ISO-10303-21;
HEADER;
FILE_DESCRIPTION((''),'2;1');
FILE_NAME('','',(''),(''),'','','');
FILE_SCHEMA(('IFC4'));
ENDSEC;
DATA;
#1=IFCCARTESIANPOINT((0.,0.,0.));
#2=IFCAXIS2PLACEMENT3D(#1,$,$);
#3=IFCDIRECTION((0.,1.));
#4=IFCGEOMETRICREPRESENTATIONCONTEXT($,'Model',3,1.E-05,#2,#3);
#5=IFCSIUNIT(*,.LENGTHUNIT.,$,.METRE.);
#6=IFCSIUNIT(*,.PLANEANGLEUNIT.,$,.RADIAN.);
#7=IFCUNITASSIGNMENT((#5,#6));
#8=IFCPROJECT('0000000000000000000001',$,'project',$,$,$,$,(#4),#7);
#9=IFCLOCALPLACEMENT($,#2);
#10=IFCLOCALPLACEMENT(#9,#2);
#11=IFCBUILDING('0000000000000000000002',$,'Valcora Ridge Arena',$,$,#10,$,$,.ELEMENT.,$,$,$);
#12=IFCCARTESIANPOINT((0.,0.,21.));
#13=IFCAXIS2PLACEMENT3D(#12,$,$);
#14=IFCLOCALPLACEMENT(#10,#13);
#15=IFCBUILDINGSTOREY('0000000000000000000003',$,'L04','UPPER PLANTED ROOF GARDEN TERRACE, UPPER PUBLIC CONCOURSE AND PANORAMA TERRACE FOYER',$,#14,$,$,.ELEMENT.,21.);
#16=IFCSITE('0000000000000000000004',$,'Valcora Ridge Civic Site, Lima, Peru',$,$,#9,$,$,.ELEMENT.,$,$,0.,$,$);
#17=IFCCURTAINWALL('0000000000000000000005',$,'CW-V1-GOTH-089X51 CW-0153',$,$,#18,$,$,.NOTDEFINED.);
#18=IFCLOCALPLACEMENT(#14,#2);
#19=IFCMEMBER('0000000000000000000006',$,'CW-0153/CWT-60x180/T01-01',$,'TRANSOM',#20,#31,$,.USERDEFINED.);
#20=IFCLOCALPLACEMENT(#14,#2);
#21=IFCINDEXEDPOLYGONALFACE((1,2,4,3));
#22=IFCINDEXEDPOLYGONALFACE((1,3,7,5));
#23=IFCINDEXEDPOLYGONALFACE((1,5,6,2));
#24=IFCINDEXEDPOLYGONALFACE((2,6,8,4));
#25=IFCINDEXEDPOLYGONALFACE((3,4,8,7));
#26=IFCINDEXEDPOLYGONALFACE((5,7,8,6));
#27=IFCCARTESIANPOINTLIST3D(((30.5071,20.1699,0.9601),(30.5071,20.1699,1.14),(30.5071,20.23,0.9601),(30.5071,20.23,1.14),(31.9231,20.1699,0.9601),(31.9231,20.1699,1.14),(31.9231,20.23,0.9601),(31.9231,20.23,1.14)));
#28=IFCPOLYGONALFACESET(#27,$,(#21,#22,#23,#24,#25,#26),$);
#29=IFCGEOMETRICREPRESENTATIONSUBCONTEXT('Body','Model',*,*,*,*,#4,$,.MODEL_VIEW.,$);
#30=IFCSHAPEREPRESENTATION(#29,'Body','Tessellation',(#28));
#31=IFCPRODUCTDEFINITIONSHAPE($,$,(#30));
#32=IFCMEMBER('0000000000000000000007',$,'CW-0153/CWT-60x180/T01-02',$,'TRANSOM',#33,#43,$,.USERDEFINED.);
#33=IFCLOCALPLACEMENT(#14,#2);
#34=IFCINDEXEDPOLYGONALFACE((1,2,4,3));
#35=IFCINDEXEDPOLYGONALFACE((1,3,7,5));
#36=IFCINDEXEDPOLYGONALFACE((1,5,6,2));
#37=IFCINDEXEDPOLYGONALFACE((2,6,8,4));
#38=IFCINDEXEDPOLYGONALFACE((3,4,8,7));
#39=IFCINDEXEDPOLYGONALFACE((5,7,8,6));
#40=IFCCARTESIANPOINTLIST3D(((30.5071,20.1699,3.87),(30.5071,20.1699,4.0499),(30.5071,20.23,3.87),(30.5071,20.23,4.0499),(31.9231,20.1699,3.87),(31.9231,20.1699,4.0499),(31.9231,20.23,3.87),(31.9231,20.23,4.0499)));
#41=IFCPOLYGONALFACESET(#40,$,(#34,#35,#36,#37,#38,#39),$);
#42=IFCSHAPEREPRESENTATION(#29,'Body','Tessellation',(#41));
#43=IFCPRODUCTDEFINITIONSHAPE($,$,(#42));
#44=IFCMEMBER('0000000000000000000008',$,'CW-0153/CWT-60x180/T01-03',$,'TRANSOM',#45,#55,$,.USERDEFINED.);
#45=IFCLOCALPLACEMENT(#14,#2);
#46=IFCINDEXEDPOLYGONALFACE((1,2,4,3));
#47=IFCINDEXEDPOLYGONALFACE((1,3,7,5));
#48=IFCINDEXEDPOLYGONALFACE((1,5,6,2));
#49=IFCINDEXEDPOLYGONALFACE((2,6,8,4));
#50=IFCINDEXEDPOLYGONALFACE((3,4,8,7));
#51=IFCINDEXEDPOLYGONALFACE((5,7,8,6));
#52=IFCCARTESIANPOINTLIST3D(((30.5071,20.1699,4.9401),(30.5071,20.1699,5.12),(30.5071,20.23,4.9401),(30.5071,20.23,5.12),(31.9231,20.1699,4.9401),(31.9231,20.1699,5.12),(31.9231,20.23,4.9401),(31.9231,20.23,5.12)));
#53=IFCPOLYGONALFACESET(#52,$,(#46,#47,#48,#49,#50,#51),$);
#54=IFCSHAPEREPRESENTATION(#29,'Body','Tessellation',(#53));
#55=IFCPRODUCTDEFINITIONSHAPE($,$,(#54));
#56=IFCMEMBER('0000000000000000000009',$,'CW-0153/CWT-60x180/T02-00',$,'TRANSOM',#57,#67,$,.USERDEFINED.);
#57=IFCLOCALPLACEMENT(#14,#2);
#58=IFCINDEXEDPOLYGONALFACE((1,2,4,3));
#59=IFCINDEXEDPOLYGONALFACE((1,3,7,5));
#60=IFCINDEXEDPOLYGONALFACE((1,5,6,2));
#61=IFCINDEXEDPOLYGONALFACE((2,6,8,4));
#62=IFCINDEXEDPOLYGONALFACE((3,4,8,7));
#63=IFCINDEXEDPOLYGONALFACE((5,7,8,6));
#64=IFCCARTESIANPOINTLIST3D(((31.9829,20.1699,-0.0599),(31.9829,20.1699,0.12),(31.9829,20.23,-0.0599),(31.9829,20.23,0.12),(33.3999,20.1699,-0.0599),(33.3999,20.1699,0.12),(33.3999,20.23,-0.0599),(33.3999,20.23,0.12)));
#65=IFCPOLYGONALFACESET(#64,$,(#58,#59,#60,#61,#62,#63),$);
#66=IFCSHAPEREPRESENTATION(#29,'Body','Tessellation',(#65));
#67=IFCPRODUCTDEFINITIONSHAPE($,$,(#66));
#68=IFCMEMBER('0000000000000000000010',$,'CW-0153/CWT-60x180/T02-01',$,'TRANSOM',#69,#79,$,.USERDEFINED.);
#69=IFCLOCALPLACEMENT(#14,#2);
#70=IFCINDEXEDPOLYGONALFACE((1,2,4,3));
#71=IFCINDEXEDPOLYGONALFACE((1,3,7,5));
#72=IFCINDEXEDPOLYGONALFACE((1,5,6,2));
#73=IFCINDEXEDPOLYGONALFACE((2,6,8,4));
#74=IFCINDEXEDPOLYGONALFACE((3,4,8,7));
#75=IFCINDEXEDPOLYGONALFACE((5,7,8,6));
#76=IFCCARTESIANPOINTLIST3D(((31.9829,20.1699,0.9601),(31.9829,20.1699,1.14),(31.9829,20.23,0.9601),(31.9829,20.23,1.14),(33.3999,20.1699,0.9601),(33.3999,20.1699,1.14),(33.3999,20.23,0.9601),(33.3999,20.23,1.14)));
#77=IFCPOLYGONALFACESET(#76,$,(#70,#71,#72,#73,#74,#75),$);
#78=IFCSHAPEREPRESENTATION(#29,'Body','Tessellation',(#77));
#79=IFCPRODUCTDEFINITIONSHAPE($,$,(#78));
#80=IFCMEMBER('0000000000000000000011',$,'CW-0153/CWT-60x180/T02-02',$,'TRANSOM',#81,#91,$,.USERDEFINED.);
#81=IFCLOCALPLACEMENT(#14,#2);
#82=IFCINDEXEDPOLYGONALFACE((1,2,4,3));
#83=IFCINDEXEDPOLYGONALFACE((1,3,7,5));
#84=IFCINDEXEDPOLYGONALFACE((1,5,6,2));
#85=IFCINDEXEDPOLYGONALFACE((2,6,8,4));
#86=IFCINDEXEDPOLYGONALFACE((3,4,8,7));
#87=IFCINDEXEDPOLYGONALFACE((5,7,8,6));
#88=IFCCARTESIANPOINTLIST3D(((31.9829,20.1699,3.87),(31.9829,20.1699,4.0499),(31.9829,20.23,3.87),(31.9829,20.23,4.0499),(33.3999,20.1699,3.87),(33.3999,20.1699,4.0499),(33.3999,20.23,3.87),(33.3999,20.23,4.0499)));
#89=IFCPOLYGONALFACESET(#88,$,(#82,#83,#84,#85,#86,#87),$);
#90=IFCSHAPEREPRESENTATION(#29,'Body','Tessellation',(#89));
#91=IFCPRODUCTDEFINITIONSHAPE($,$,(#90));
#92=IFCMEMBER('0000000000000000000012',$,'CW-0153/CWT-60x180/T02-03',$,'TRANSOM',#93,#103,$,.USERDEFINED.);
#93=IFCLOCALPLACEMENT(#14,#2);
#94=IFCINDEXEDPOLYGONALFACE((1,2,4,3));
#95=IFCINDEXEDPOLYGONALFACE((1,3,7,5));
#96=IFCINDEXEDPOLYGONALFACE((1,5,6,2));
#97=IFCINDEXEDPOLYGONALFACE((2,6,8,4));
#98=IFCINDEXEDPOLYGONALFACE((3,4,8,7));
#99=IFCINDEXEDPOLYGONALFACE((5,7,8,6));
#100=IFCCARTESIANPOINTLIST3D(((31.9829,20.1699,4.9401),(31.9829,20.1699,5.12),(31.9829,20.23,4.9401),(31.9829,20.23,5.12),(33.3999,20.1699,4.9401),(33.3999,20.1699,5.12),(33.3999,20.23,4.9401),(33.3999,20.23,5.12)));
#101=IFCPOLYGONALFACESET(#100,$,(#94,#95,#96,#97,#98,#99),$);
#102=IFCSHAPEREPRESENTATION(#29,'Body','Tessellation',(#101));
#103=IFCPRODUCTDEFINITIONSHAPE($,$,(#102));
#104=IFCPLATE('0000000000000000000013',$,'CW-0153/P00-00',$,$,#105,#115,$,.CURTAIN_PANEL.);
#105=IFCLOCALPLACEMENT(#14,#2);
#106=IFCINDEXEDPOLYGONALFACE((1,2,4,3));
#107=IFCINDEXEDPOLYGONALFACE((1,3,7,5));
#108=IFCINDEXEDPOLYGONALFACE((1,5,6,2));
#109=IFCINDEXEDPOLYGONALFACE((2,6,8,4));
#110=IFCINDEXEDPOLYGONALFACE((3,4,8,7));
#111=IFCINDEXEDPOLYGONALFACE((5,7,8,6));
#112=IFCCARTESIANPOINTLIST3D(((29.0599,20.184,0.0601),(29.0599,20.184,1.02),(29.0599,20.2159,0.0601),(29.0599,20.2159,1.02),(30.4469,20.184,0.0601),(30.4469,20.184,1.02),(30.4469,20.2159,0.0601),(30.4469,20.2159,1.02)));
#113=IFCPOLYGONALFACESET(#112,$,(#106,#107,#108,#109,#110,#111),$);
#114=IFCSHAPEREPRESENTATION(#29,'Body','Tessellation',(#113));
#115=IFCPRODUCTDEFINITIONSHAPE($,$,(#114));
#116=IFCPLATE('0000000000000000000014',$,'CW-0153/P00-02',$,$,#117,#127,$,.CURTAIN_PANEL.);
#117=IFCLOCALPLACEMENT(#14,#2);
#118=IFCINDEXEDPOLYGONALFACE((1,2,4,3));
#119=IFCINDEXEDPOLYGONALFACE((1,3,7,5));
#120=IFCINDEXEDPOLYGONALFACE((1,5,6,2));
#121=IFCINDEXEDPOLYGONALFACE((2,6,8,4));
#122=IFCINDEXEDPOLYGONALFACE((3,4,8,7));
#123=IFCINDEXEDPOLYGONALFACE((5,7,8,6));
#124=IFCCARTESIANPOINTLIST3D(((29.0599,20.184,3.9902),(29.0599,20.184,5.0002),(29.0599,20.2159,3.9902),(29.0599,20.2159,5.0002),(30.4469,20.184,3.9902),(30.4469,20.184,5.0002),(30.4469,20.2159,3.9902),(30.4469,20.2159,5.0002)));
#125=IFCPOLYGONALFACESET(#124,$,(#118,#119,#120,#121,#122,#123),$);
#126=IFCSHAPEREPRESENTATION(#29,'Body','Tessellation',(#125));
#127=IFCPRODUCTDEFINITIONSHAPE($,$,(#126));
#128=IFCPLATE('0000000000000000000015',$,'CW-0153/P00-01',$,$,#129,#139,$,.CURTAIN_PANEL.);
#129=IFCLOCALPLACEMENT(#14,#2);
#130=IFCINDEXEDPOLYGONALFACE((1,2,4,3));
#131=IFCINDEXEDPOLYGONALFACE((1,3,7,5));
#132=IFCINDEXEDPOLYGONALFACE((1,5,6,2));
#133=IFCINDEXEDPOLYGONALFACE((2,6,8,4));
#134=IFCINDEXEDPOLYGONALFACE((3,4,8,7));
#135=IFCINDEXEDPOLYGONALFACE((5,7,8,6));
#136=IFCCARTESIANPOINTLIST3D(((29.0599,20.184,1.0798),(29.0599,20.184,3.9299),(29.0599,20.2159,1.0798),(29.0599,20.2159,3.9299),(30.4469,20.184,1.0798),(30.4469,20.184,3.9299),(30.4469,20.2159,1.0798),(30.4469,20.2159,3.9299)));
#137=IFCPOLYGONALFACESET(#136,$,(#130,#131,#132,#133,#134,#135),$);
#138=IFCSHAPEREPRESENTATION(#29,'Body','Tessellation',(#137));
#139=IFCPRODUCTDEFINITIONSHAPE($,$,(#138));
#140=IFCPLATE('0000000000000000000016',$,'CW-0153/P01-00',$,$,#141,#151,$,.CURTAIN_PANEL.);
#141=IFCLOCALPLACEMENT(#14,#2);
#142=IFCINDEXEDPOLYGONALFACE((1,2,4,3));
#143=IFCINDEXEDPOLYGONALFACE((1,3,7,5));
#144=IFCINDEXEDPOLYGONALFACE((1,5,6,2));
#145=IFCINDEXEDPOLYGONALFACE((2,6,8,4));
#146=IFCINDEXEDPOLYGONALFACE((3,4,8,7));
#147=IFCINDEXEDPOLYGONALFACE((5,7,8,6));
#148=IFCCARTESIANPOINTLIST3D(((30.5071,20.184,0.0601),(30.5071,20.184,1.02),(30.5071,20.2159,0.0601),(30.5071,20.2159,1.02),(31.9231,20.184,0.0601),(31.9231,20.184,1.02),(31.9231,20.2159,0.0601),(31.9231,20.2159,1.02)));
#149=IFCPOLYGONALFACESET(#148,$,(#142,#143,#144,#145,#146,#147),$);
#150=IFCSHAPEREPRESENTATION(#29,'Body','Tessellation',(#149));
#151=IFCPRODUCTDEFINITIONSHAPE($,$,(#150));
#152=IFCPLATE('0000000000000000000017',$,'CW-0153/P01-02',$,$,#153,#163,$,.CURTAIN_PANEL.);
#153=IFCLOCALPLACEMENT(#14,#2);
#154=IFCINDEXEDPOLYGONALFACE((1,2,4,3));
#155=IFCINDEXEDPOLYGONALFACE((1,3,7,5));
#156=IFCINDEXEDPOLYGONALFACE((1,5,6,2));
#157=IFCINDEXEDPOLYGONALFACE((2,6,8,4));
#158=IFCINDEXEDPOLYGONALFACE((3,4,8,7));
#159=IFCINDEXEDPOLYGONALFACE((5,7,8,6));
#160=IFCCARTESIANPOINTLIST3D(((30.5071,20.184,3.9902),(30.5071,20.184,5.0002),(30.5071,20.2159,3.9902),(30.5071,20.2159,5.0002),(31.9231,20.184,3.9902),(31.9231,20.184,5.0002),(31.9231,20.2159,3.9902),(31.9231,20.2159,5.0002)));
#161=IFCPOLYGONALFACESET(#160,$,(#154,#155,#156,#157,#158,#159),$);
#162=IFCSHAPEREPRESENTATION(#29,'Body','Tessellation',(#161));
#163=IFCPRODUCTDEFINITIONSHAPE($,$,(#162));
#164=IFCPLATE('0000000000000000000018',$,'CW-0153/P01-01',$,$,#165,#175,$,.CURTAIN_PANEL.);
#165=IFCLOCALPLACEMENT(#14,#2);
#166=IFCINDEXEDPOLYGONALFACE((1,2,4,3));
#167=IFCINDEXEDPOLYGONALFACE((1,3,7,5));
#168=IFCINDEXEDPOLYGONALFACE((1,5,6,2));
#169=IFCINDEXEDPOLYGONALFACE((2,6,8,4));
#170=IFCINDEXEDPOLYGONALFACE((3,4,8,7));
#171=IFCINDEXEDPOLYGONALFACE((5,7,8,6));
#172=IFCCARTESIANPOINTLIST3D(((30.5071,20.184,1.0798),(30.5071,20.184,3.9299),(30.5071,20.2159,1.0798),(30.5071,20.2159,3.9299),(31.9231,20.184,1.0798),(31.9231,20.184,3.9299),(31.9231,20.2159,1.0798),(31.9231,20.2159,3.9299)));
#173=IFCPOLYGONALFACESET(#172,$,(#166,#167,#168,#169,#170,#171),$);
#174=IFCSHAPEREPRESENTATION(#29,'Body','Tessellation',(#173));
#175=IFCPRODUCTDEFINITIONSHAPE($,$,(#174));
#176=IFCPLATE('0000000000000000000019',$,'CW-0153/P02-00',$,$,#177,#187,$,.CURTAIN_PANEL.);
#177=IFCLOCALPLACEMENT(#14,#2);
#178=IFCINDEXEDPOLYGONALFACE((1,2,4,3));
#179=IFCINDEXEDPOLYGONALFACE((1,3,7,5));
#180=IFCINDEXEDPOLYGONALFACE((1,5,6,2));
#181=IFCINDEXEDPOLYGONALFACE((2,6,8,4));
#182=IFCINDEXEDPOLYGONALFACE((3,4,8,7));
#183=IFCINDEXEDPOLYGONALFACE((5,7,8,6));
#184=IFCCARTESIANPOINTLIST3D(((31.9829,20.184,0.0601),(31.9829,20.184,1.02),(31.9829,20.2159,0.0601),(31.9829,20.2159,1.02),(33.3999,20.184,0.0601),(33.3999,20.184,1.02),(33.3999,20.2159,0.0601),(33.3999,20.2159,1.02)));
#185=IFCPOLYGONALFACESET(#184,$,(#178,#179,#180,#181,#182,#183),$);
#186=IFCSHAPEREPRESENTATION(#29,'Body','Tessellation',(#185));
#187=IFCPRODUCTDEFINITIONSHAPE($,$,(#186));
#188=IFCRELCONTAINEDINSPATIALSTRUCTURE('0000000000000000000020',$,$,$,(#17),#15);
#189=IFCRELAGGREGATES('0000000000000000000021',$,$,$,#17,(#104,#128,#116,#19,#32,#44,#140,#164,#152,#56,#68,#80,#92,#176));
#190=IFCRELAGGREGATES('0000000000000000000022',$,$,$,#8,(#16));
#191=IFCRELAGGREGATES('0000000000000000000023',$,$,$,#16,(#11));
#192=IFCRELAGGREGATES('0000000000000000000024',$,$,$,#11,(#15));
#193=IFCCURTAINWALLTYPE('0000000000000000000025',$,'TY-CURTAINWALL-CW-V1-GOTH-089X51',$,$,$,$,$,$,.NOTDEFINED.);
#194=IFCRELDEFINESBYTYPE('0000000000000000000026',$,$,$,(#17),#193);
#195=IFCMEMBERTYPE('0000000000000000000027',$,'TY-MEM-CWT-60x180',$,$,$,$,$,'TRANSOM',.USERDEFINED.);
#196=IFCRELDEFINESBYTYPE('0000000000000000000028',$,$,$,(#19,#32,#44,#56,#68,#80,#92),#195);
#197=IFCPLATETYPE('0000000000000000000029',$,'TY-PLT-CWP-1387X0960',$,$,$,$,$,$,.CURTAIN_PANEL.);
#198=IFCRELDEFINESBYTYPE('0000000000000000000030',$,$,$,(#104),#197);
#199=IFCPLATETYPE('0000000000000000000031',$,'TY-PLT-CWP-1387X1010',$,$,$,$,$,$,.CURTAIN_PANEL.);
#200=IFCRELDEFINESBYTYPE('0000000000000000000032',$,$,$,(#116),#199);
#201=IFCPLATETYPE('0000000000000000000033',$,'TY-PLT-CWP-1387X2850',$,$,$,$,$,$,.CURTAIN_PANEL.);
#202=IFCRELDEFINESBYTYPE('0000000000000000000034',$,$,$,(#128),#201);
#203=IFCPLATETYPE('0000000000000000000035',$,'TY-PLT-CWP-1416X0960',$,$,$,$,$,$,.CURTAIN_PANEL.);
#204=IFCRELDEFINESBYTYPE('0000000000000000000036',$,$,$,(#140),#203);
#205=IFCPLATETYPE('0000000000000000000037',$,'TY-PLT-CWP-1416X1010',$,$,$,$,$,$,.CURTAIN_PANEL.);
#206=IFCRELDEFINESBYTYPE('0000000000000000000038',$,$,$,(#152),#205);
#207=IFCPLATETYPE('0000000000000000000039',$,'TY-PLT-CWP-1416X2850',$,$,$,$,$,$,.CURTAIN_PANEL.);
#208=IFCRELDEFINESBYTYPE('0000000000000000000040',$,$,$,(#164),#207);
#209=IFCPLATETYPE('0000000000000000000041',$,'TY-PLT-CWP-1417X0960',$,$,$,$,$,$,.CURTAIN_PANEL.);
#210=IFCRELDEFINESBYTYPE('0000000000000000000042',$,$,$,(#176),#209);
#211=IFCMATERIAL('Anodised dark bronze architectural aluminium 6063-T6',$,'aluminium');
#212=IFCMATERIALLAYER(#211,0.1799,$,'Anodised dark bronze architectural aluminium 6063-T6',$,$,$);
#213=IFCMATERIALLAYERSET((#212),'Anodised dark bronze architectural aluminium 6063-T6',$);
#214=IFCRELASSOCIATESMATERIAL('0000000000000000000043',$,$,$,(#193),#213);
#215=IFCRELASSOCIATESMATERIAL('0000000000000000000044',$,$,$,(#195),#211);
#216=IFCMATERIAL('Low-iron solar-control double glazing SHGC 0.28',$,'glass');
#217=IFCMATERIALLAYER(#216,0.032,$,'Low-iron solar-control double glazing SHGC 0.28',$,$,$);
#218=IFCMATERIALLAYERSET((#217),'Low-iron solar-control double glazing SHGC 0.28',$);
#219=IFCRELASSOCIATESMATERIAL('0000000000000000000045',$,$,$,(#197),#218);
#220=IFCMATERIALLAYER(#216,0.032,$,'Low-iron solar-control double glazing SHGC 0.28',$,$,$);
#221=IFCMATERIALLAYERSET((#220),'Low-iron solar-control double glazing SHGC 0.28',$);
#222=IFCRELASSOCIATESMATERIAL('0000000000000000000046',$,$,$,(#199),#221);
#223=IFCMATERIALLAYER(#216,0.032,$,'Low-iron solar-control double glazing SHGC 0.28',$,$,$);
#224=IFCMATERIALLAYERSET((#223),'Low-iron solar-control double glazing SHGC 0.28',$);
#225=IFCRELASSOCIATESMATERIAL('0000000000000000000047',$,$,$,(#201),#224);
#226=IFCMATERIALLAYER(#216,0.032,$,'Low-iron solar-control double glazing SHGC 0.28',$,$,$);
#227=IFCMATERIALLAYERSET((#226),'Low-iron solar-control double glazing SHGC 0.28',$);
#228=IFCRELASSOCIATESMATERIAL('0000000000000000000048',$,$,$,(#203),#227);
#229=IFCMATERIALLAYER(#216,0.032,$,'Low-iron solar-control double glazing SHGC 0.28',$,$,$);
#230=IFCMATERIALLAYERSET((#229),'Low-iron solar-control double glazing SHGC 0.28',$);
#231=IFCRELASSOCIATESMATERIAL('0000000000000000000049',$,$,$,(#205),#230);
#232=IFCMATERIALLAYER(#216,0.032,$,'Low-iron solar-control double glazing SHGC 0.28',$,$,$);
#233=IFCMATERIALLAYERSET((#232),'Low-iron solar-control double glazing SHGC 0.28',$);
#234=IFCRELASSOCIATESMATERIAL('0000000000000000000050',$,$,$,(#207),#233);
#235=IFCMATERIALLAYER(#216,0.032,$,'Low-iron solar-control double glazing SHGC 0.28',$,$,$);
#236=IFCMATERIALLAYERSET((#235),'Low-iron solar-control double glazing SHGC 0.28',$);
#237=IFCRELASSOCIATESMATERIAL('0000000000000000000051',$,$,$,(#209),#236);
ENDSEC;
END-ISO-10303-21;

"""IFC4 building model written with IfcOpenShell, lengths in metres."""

from ifc_helpers import new_model, si_unit, direction, frame, origin, origin_2d, place, context, subcontext, project, spatial, rectangle, extrude, material, layer, layer_set, material_profile, profile_set, type_object, element, aggregate, save


model = new_model("IFC4")

# Units and contexts
model_context = context("Model", 3, precision=1e-05, world=origin(), true_north=direction((0.0, 1.0)))
body_context = subcontext(model_context, "Body", "Model", "MODEL_VIEW")
ifc_project = project(units=[si_unit("LENGTHUNIT", "METRE"), si_unit("PLANEANGLEUNIT", "RADIAN")], contexts=[model_context])

# Site, building, storey
site_placement = place(None, origin())
site = spatial("IfcSite", under=ifc_project, at=site_placement, Name="Valcora Ridge Civic Site, Lima, Peru", CompositionType="ELEMENT", RefElevation=0.0)
building_placement = place(site_placement, origin())
building = spatial("IfcBuilding", under=site, at=building_placement, Name="Valcora Ridge Arena", CompositionType="ELEMENT")
storey_placement = place(building_placement, frame((0.0, 0.0, 21.0)))
storey = spatial("IfcBuildingStorey", under=building, at=storey_placement, Name="L04", Description="UPPER PLANTED ROOF GARDEN TERRACE, UPPER PUBLIC CONCOURSE AND PANORAMA TERRACE FOYER", CompositionType="ELEMENT", Elevation=21.0)

# Shared definitions
ifc_material_1 = material(Name="Anodised dark bronze architectural aluminium 6063-T6", Category="aluminium")

# Curtain wall
ifc_layer_1 = layer(ifc_material_1, 0.1799, Name="Anodised dark bronze architectural aluminium 6063-T6")
ifc_layer_set_1 = layer_set([ifc_layer_1], Name="Anodised dark bronze architectural aluminium 6063-T6")
curtain_wall_type_1 = type_object("IfcCurtainWallType", Name="TY-CURTAINWALL-CW-V1-GOTH-089X51", PredefinedType="NOTDEFINED", material=ifc_layer_set_1)
curtain_wall_1_placement = place(storey_placement, origin())
curtain_wall_1 = element("IfcCurtainWall", 1, at=curtain_wall_1_placement, inside=storey, type_object=curtain_wall_type_1, Name="CW-V1-GOTH-089X51 CW-0153", PredefinedType="NOTDEFINED")

# Members
ifc_material_profile_1 = material_profile(ifc_material_1, rectangle(XDim=0.0601, YDim=0.1799, at=origin_2d()), Name="ALU TRANSOM 60x180")
ifc_profile_set_1 = profile_set([ifc_material_profile_1], Name="Anodised dark bronze architectural aluminium 6063-T6")
member_type_1 = type_object("IfcMemberType", Name="TY-MEM-CWT-60x180", ElementType="TRANSOM", PredefinedType="USERDEFINED", material=ifc_profile_set_1)
member_1_placement = place(storey_placement, frame((30.5071, 20.2, 1.05), z_axis=(1.0, 0.0, 0.0), x_axis=(0.0, 1.0, 0.0)))
member_1 = element("IfcMember", 2, at=member_1_placement, type_object=member_type_1, Name="CW-0153/CWT-60x180/T01-01", ObjectType="TRANSOM", PredefinedType="USERDEFINED", context=body_context, shape_type="SweptSolid", body=[
    extrude(rectangle(XDim=0.0601, YDim=0.1799, at=origin_2d()), origin(), (0.0, 0.0, 1.0), 1.416),
])
member_2_placement = place(storey_placement, frame((30.5071, 20.2, 3.96), z_axis=(1.0, 0.0, 0.0), x_axis=(0.0, 1.0, 0.0)))
member_2 = element("IfcMember", 3, at=member_2_placement, type_object=member_type_1, Name="CW-0153/CWT-60x180/T01-02", ObjectType="TRANSOM", PredefinedType="USERDEFINED", context=body_context, shape_type="SweptSolid", body=[
    extrude(rectangle(XDim=0.0601, YDim=0.1799, at=origin_2d()), origin(), (0.0, 0.0, 1.0), 1.416),
])
member_3_placement = place(storey_placement, frame((30.5071, 20.2, 5.03), z_axis=(1.0, 0.0, 0.0), x_axis=(0.0, 1.0, 0.0)))
member_3 = element("IfcMember", 4, at=member_3_placement, type_object=member_type_1, Name="CW-0153/CWT-60x180/T01-03", ObjectType="TRANSOM", PredefinedType="USERDEFINED", context=body_context, shape_type="SweptSolid", body=[
    extrude(rectangle(XDim=0.0601, YDim=0.1799, at=origin_2d()), origin(), (0.0, 0.0, 1.0), 1.416),
])
member_4_placement = place(storey_placement, frame((31.9829, 20.2, 0.03), z_axis=(1.0, 0.0, 0.0), x_axis=(0.0, 1.0, 0.0)))
member_4 = element("IfcMember", 5, at=member_4_placement, type_object=member_type_1, Name="CW-0153/CWT-60x180/T02-00", ObjectType="TRANSOM", PredefinedType="USERDEFINED", context=body_context, shape_type="SweptSolid", body=[
    extrude(rectangle(XDim=0.0601, YDim=0.1799, at=origin_2d()), origin(), (0.0, 0.0, 1.0), 1.417),
])
member_5_placement = place(storey_placement, frame((31.9829, 20.2, 1.05), z_axis=(1.0, 0.0, 0.0), x_axis=(0.0, 1.0, 0.0)))
member_5 = element("IfcMember", 6, at=member_5_placement, type_object=member_type_1, Name="CW-0153/CWT-60x180/T02-01", ObjectType="TRANSOM", PredefinedType="USERDEFINED", context=body_context, shape_type="SweptSolid", body=[
    extrude(rectangle(XDim=0.0601, YDim=0.1799, at=origin_2d()), origin(), (0.0, 0.0, 1.0), 1.417),
])
member_6_placement = place(storey_placement, frame((31.9829, 20.2, 3.96), z_axis=(1.0, 0.0, 0.0), x_axis=(0.0, 1.0, 0.0)))
member_6 = element("IfcMember", 7, at=member_6_placement, type_object=member_type_1, Name="CW-0153/CWT-60x180/T02-02", ObjectType="TRANSOM", PredefinedType="USERDEFINED", context=body_context, shape_type="SweptSolid", body=[
    extrude(rectangle(XDim=0.0601, YDim=0.1799, at=origin_2d()), origin(), (0.0, 0.0, 1.0), 1.417),
])
member_7_placement = place(storey_placement, frame((31.9829, 20.2, 5.03), z_axis=(1.0, 0.0, 0.0), x_axis=(0.0, 1.0, 0.0)))
member_7 = element("IfcMember", 8, at=member_7_placement, type_object=member_type_1, Name="CW-0153/CWT-60x180/T02-03", ObjectType="TRANSOM", PredefinedType="USERDEFINED", context=body_context, shape_type="SweptSolid", body=[
    extrude(rectangle(XDim=0.0601, YDim=0.1799, at=origin_2d()), origin(), (0.0, 0.0, 1.0), 1.417),
])

# Plates
ifc_material_2 = material(Name="Low-iron solar-control double glazing SHGC 0.28", Category="glass")
ifc_layer_2 = layer(ifc_material_2, 0.032, Name="Low-iron solar-control double glazing SHGC 0.28")
ifc_layer_set_2 = layer_set([ifc_layer_2], Name="Low-iron solar-control double glazing SHGC 0.28")
plate_type_1 = type_object("IfcPlateType", Name="TY-PLT-CWP-1387X0960", PredefinedType="CURTAIN_PANEL", material=ifc_layer_set_2)
plate_1_placement = place(storey_placement, frame((29.7534, 20.2, 0.0601), z_axis=(0.0, 0.0, 1.0), x_axis=(1.0, 0.0, 0.0)))
plate_1 = element("IfcPlate", 9, at=plate_1_placement, type_object=plate_type_1, Name="CW-0153/P00-00", PredefinedType="CURTAIN_PANEL", context=body_context, shape_type="SweptSolid", body=[
    extrude(rectangle(XDim=1.387, YDim=0.032, at=origin_2d()), origin(), (0.0, 0.0, 1.0), 0.96),
])
ifc_layer_3 = layer(ifc_material_2, 0.032, Name="Low-iron solar-control double glazing SHGC 0.28")
ifc_layer_set_3 = layer_set([ifc_layer_3], Name="Low-iron solar-control double glazing SHGC 0.28")
plate_type_2 = type_object("IfcPlateType", Name="TY-PLT-CWP-1387X1010", PredefinedType="CURTAIN_PANEL", material=ifc_layer_set_3)
plate_2_placement = place(storey_placement, frame((29.7534, 20.2, 3.9902), z_axis=(0.0, 0.0, 1.0), x_axis=(1.0, 0.0, 0.0)))
plate_2 = element("IfcPlate", 10, at=plate_2_placement, type_object=plate_type_2, Name="CW-0153/P00-02", PredefinedType="CURTAIN_PANEL", context=body_context, shape_type="SweptSolid", body=[
    extrude(rectangle(XDim=1.387, YDim=0.032, at=origin_2d()), origin(), (0.0, 0.0, 1.0), 1.01),
])
ifc_layer_4 = layer(ifc_material_2, 0.032, Name="Low-iron solar-control double glazing SHGC 0.28")
ifc_layer_set_4 = layer_set([ifc_layer_4], Name="Low-iron solar-control double glazing SHGC 0.28")
plate_type_3 = type_object("IfcPlateType", Name="TY-PLT-CWP-1387X2850", PredefinedType="CURTAIN_PANEL", material=ifc_layer_set_4)
plate_3_placement = place(storey_placement, frame((29.7534, 20.2, 1.0798), z_axis=(0.0, 0.0, 1.0), x_axis=(1.0, 0.0, 0.0)))
plate_3 = element("IfcPlate", 11, at=plate_3_placement, type_object=plate_type_3, Name="CW-0153/P00-01", PredefinedType="CURTAIN_PANEL", context=body_context, shape_type="SweptSolid", body=[
    extrude(rectangle(XDim=1.387, YDim=0.032, at=origin_2d()), origin(), (0.0, 0.0, 1.0), 2.8501),
])
ifc_layer_5 = layer(ifc_material_2, 0.032, Name="Low-iron solar-control double glazing SHGC 0.28")
ifc_layer_set_5 = layer_set([ifc_layer_5], Name="Low-iron solar-control double glazing SHGC 0.28")
plate_type_4 = type_object("IfcPlateType", Name="TY-PLT-CWP-1416X0960", PredefinedType="CURTAIN_PANEL", material=ifc_layer_set_5)
plate_4_placement = place(storey_placement, frame((31.2151, 20.2, 0.0601), z_axis=(0.0, 0.0, 1.0), x_axis=(1.0, 0.0, 0.0)))
plate_4 = element("IfcPlate", 12, at=plate_4_placement, type_object=plate_type_4, Name="CW-0153/P01-00", PredefinedType="CURTAIN_PANEL", context=body_context, shape_type="SweptSolid", body=[
    extrude(rectangle(XDim=1.416, YDim=0.032, at=origin_2d()), origin(), (0.0, 0.0, 1.0), 0.96),
])
ifc_layer_6 = layer(ifc_material_2, 0.032, Name="Low-iron solar-control double glazing SHGC 0.28")
ifc_layer_set_6 = layer_set([ifc_layer_6], Name="Low-iron solar-control double glazing SHGC 0.28")
plate_type_5 = type_object("IfcPlateType", Name="TY-PLT-CWP-1416X1010", PredefinedType="CURTAIN_PANEL", material=ifc_layer_set_6)
plate_5_placement = place(storey_placement, frame((31.2151, 20.2, 3.9902), z_axis=(0.0, 0.0, 1.0), x_axis=(1.0, 0.0, 0.0)))
plate_5 = element("IfcPlate", 13, at=plate_5_placement, type_object=plate_type_5, Name="CW-0153/P01-02", PredefinedType="CURTAIN_PANEL", context=body_context, shape_type="SweptSolid", body=[
    extrude(rectangle(XDim=1.416, YDim=0.032, at=origin_2d()), origin(), (0.0, 0.0, 1.0), 1.01),
])
ifc_layer_7 = layer(ifc_material_2, 0.032, Name="Low-iron solar-control double glazing SHGC 0.28")
ifc_layer_set_7 = layer_set([ifc_layer_7], Name="Low-iron solar-control double glazing SHGC 0.28")
plate_type_6 = type_object("IfcPlateType", Name="TY-PLT-CWP-1416X2850", PredefinedType="CURTAIN_PANEL", material=ifc_layer_set_7)
plate_6_placement = place(storey_placement, frame((31.2151, 20.2, 1.0798), z_axis=(0.0, 0.0, 1.0), x_axis=(1.0, 0.0, 0.0)))
plate_6 = element("IfcPlate", 14, at=plate_6_placement, type_object=plate_type_6, Name="CW-0153/P01-01", PredefinedType="CURTAIN_PANEL", context=body_context, shape_type="SweptSolid", body=[
    extrude(rectangle(XDim=1.416, YDim=0.032, at=origin_2d()), origin(), (0.0, 0.0, 1.0), 2.8501),
])
ifc_layer_8 = layer(ifc_material_2, 0.032, Name="Low-iron solar-control double glazing SHGC 0.28")
ifc_layer_set_8 = layer_set([ifc_layer_8], Name="Low-iron solar-control double glazing SHGC 0.28")
plate_type_7 = type_object("IfcPlateType", Name="TY-PLT-CWP-1417X0960", PredefinedType="CURTAIN_PANEL", material=ifc_layer_set_8)
plate_7_placement = place(storey_placement, frame((32.6914, 20.2, 0.0601), z_axis=(0.0, 0.0, 1.0), x_axis=(1.0, 0.0, 0.0)))
plate_7 = element("IfcPlate", 15, at=plate_7_placement, type_object=plate_type_7, Name="CW-0153/P02-00", PredefinedType="CURTAIN_PANEL", context=body_context, shape_type="SweptSolid", body=[
    extrude(rectangle(XDim=1.417, YDim=0.032, at=origin_2d()), origin(), (0.0, 0.0, 1.0), 0.96),
])
aggregate(curtain_wall_1, [plate_1, plate_3, plate_2, member_1, member_2, member_3, plate_4, plate_6, plate_5, member_4, member_5, member_6, member_7, plate_7])

save(model, "model.ifc")
